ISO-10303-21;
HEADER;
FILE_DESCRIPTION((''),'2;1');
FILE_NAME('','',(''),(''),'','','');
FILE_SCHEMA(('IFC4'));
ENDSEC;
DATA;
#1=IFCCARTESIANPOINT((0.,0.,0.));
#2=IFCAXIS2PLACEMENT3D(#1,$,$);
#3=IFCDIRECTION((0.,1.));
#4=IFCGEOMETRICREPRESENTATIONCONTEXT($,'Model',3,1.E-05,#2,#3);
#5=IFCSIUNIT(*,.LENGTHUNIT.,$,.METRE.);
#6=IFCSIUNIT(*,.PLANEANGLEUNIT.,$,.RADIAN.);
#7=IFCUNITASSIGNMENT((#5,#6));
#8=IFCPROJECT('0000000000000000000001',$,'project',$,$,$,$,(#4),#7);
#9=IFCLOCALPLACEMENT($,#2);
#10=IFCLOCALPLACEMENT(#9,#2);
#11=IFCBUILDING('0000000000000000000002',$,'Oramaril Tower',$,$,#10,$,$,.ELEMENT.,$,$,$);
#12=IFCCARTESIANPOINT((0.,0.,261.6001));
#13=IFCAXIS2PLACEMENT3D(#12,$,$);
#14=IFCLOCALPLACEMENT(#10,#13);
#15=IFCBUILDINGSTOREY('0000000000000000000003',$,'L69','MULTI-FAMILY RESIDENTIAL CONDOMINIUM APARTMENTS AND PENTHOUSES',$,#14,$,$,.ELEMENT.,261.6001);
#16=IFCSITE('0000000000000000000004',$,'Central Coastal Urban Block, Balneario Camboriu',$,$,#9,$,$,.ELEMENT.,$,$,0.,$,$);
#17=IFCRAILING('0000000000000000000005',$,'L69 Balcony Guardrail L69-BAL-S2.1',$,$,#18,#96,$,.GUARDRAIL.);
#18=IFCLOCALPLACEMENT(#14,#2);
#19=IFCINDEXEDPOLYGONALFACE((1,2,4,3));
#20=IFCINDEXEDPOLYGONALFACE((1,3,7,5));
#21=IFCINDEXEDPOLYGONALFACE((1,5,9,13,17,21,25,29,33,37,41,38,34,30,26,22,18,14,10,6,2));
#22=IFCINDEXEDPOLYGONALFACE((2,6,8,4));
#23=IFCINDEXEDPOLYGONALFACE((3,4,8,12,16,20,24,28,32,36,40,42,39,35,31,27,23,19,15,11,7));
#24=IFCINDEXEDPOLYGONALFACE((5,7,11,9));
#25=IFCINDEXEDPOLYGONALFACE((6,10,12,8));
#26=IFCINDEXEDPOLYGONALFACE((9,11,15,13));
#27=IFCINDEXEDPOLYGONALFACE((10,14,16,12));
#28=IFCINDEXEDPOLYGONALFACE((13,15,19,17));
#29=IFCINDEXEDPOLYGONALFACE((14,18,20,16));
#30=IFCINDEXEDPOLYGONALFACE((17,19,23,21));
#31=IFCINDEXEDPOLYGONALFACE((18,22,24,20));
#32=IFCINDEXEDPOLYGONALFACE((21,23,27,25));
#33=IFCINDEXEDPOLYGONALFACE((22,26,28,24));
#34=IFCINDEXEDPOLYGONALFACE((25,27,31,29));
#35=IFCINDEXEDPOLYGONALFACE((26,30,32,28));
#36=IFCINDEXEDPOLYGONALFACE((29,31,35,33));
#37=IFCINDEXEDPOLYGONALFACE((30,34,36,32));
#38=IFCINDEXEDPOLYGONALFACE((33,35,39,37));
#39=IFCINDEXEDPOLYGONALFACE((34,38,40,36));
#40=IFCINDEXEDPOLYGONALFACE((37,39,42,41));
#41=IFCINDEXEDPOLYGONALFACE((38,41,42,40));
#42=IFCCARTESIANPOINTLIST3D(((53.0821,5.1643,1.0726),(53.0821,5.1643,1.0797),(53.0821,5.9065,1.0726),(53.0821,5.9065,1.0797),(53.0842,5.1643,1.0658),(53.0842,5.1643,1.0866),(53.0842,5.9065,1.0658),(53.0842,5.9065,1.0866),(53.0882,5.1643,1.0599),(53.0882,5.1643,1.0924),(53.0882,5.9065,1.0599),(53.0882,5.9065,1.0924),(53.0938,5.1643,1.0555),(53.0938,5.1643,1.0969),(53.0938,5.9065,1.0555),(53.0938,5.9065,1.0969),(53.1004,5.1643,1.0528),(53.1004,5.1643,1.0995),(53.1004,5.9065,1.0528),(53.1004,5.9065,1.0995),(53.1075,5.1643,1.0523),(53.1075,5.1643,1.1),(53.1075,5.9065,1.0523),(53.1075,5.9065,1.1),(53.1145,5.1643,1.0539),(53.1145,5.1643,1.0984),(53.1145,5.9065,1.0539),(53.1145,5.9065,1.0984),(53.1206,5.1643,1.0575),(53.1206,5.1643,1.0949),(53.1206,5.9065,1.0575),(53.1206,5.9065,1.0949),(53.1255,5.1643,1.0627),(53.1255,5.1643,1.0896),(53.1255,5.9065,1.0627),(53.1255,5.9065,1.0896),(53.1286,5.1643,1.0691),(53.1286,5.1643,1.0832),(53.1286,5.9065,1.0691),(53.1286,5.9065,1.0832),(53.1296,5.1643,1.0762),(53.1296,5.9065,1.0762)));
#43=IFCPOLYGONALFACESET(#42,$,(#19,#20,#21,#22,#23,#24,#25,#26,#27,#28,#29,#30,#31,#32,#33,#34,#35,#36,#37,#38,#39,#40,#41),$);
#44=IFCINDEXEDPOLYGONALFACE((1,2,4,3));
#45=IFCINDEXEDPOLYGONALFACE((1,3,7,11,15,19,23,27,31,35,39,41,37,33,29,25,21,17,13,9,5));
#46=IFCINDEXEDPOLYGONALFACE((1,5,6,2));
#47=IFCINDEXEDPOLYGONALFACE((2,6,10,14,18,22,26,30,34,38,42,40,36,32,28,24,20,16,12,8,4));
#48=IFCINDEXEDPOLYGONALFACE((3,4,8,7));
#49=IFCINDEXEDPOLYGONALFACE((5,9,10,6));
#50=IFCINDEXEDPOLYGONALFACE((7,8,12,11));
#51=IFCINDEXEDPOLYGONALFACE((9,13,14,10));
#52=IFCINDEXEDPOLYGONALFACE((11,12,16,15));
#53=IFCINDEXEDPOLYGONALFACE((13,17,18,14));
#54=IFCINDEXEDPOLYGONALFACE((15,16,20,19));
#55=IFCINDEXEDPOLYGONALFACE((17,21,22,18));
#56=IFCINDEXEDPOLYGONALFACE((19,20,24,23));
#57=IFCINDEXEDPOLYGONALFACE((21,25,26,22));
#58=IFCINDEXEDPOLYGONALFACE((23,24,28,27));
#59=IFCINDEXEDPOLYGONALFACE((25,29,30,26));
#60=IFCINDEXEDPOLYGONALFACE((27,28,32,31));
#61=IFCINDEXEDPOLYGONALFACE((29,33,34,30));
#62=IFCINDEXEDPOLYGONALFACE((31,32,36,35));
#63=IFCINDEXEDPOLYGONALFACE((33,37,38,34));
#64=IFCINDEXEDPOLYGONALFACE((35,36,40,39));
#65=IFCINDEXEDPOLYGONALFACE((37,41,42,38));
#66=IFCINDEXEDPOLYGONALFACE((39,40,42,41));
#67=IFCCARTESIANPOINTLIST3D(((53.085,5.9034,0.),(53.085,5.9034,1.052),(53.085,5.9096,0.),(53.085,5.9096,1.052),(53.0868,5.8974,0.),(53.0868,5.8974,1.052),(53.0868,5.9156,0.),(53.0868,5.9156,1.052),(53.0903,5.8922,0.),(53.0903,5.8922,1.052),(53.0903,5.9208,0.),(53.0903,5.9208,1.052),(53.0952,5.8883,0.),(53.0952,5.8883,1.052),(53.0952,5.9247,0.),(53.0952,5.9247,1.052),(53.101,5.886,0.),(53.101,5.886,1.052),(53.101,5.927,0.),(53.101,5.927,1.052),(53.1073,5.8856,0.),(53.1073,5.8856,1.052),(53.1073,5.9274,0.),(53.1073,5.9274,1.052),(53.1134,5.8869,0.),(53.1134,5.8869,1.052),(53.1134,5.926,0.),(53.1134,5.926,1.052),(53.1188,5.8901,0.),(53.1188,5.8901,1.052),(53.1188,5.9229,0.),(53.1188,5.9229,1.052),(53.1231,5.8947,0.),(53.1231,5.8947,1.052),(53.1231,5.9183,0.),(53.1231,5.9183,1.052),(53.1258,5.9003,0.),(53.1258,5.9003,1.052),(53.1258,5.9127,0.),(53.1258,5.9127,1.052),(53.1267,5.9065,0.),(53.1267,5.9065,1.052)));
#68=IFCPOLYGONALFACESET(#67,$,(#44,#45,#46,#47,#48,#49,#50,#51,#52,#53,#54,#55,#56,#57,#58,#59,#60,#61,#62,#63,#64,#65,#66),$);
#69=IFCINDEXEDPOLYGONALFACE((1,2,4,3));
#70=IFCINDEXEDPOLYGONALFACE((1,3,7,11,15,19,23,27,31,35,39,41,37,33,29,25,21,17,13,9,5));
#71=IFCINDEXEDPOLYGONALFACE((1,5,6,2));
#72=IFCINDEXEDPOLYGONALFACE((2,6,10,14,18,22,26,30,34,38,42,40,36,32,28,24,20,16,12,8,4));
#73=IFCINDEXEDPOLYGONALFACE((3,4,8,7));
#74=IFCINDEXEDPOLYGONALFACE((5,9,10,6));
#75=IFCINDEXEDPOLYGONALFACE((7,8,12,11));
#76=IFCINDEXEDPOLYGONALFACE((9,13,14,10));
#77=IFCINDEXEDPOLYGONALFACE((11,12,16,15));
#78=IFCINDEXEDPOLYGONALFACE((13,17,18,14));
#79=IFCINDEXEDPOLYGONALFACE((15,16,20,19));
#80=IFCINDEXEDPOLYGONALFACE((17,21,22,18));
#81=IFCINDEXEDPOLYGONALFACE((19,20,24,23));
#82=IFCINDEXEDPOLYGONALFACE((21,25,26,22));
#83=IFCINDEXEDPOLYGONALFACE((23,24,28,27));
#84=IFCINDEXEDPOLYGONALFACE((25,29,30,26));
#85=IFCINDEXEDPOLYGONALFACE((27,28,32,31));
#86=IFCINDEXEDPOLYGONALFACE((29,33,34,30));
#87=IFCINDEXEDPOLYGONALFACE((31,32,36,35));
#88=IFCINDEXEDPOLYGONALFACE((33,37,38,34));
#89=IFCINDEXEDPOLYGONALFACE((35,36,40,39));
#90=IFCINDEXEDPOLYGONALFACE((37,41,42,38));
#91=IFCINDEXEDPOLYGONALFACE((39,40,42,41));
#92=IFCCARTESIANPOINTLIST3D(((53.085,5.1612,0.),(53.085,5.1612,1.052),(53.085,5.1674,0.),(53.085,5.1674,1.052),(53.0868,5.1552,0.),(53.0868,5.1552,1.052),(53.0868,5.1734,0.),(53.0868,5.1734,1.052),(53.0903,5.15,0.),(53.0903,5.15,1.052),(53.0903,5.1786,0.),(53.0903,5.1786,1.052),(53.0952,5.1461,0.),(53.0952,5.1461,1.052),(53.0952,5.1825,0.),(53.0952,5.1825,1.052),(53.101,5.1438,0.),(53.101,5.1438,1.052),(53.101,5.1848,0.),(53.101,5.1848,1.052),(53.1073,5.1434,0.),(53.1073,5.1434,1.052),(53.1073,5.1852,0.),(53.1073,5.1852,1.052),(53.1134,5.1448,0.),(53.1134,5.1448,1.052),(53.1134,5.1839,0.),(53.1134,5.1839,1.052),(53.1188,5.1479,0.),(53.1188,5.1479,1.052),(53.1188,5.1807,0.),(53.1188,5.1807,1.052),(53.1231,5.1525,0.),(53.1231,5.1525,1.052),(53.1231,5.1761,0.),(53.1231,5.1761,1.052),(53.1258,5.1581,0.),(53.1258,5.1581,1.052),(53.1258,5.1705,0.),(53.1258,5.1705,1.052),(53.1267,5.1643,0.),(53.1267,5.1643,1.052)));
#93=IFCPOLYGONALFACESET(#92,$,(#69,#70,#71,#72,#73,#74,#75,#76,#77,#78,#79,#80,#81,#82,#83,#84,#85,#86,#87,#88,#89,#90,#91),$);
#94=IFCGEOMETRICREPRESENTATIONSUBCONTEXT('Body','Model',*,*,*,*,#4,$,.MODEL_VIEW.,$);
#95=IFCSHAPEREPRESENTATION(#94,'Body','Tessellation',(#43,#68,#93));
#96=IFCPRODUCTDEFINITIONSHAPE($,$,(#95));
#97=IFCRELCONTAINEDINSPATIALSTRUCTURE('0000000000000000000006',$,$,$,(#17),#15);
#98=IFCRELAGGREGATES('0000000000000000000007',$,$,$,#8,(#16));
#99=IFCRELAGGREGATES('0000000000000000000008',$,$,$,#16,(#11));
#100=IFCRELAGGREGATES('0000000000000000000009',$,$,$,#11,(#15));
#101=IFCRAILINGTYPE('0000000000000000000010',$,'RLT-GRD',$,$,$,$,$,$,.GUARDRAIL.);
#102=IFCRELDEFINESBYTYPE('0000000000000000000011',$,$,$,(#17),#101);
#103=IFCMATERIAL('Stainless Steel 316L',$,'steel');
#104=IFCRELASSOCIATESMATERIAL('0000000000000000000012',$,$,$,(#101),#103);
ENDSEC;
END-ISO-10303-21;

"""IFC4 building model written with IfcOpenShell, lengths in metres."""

from ifc_helpers import new_model, si_unit, direction, frame, origin, origin_2d, place, context, subcontext, project, spatial, circle, extrude, material, type_object, element, save


model = new_model("IFC4")

# Units and contexts
model_context = context("Model", 3, precision=1e-05, world=origin(), true_north=direction((0.0, 1.0)))
body_context = subcontext(model_context, "Body", "Model", "MODEL_VIEW")
ifc_project = project(units=[si_unit("LENGTHUNIT", "METRE"), si_unit("PLANEANGLEUNIT", "RADIAN")], contexts=[model_context])

# Site, building, storey
site_placement = place(None, origin())
site = spatial("IfcSite", under=ifc_project, at=site_placement, Name="Central Coastal Urban Block, Balneario Camboriu", CompositionType="ELEMENT", RefElevation=0.0)
building_placement = place(site_placement, origin())
building = spatial("IfcBuilding", under=site, at=building_placement, Name="Oramaril Tower", CompositionType="ELEMENT")
storey_placement = place(building_placement, frame((0.0, 0.0, 261.6001)))
storey = spatial("IfcBuildingStorey", under=building, at=storey_placement, Name="L69", Description="MULTI-FAMILY RESIDENTIAL CONDOMINIUM APARTMENTS AND PENTHOUSES", CompositionType="ELEMENT", Elevation=261.6001)

# Railing
ifc_material_1 = material(Name="Stainless Steel 316L", Category="steel")
railing_type = type_object("IfcRailingType", Name="RLT-GRD", PredefinedType="GUARDRAIL", material=ifc_material_1)
railing_1_placement = place(storey_placement, frame((53.1057, 5.9065, 0.0)))
element("IfcRailing", 1, at=railing_1_placement, inside=storey, type_object=railing_type, Name="L69 Balcony Guardrail L69-BAL-S2.1", PredefinedType="GUARDRAIL", context=body_context, shape_type="SweptSolid", body=[
    extrude(circle(Radius=0.0239, at=origin_2d()), frame((0.0, 0.0, 1.0762), z_axis=(0.0, -1.0, 0.0), x_axis=(1.0, 0.0, 0.0)), (0.0, 0.0, 1.0), 0.7422),
    extrude(circle(Radius=0.021, at=origin_2d()), origin(), (0.0, 0.0, 1.0), 1.052),
    extrude(circle(Radius=0.021, at=origin_2d()), frame((0.0, -0.7422, 0.0)), (0.0, 0.0, 1.0), 1.052),
])

save(model, "model.ifc")
